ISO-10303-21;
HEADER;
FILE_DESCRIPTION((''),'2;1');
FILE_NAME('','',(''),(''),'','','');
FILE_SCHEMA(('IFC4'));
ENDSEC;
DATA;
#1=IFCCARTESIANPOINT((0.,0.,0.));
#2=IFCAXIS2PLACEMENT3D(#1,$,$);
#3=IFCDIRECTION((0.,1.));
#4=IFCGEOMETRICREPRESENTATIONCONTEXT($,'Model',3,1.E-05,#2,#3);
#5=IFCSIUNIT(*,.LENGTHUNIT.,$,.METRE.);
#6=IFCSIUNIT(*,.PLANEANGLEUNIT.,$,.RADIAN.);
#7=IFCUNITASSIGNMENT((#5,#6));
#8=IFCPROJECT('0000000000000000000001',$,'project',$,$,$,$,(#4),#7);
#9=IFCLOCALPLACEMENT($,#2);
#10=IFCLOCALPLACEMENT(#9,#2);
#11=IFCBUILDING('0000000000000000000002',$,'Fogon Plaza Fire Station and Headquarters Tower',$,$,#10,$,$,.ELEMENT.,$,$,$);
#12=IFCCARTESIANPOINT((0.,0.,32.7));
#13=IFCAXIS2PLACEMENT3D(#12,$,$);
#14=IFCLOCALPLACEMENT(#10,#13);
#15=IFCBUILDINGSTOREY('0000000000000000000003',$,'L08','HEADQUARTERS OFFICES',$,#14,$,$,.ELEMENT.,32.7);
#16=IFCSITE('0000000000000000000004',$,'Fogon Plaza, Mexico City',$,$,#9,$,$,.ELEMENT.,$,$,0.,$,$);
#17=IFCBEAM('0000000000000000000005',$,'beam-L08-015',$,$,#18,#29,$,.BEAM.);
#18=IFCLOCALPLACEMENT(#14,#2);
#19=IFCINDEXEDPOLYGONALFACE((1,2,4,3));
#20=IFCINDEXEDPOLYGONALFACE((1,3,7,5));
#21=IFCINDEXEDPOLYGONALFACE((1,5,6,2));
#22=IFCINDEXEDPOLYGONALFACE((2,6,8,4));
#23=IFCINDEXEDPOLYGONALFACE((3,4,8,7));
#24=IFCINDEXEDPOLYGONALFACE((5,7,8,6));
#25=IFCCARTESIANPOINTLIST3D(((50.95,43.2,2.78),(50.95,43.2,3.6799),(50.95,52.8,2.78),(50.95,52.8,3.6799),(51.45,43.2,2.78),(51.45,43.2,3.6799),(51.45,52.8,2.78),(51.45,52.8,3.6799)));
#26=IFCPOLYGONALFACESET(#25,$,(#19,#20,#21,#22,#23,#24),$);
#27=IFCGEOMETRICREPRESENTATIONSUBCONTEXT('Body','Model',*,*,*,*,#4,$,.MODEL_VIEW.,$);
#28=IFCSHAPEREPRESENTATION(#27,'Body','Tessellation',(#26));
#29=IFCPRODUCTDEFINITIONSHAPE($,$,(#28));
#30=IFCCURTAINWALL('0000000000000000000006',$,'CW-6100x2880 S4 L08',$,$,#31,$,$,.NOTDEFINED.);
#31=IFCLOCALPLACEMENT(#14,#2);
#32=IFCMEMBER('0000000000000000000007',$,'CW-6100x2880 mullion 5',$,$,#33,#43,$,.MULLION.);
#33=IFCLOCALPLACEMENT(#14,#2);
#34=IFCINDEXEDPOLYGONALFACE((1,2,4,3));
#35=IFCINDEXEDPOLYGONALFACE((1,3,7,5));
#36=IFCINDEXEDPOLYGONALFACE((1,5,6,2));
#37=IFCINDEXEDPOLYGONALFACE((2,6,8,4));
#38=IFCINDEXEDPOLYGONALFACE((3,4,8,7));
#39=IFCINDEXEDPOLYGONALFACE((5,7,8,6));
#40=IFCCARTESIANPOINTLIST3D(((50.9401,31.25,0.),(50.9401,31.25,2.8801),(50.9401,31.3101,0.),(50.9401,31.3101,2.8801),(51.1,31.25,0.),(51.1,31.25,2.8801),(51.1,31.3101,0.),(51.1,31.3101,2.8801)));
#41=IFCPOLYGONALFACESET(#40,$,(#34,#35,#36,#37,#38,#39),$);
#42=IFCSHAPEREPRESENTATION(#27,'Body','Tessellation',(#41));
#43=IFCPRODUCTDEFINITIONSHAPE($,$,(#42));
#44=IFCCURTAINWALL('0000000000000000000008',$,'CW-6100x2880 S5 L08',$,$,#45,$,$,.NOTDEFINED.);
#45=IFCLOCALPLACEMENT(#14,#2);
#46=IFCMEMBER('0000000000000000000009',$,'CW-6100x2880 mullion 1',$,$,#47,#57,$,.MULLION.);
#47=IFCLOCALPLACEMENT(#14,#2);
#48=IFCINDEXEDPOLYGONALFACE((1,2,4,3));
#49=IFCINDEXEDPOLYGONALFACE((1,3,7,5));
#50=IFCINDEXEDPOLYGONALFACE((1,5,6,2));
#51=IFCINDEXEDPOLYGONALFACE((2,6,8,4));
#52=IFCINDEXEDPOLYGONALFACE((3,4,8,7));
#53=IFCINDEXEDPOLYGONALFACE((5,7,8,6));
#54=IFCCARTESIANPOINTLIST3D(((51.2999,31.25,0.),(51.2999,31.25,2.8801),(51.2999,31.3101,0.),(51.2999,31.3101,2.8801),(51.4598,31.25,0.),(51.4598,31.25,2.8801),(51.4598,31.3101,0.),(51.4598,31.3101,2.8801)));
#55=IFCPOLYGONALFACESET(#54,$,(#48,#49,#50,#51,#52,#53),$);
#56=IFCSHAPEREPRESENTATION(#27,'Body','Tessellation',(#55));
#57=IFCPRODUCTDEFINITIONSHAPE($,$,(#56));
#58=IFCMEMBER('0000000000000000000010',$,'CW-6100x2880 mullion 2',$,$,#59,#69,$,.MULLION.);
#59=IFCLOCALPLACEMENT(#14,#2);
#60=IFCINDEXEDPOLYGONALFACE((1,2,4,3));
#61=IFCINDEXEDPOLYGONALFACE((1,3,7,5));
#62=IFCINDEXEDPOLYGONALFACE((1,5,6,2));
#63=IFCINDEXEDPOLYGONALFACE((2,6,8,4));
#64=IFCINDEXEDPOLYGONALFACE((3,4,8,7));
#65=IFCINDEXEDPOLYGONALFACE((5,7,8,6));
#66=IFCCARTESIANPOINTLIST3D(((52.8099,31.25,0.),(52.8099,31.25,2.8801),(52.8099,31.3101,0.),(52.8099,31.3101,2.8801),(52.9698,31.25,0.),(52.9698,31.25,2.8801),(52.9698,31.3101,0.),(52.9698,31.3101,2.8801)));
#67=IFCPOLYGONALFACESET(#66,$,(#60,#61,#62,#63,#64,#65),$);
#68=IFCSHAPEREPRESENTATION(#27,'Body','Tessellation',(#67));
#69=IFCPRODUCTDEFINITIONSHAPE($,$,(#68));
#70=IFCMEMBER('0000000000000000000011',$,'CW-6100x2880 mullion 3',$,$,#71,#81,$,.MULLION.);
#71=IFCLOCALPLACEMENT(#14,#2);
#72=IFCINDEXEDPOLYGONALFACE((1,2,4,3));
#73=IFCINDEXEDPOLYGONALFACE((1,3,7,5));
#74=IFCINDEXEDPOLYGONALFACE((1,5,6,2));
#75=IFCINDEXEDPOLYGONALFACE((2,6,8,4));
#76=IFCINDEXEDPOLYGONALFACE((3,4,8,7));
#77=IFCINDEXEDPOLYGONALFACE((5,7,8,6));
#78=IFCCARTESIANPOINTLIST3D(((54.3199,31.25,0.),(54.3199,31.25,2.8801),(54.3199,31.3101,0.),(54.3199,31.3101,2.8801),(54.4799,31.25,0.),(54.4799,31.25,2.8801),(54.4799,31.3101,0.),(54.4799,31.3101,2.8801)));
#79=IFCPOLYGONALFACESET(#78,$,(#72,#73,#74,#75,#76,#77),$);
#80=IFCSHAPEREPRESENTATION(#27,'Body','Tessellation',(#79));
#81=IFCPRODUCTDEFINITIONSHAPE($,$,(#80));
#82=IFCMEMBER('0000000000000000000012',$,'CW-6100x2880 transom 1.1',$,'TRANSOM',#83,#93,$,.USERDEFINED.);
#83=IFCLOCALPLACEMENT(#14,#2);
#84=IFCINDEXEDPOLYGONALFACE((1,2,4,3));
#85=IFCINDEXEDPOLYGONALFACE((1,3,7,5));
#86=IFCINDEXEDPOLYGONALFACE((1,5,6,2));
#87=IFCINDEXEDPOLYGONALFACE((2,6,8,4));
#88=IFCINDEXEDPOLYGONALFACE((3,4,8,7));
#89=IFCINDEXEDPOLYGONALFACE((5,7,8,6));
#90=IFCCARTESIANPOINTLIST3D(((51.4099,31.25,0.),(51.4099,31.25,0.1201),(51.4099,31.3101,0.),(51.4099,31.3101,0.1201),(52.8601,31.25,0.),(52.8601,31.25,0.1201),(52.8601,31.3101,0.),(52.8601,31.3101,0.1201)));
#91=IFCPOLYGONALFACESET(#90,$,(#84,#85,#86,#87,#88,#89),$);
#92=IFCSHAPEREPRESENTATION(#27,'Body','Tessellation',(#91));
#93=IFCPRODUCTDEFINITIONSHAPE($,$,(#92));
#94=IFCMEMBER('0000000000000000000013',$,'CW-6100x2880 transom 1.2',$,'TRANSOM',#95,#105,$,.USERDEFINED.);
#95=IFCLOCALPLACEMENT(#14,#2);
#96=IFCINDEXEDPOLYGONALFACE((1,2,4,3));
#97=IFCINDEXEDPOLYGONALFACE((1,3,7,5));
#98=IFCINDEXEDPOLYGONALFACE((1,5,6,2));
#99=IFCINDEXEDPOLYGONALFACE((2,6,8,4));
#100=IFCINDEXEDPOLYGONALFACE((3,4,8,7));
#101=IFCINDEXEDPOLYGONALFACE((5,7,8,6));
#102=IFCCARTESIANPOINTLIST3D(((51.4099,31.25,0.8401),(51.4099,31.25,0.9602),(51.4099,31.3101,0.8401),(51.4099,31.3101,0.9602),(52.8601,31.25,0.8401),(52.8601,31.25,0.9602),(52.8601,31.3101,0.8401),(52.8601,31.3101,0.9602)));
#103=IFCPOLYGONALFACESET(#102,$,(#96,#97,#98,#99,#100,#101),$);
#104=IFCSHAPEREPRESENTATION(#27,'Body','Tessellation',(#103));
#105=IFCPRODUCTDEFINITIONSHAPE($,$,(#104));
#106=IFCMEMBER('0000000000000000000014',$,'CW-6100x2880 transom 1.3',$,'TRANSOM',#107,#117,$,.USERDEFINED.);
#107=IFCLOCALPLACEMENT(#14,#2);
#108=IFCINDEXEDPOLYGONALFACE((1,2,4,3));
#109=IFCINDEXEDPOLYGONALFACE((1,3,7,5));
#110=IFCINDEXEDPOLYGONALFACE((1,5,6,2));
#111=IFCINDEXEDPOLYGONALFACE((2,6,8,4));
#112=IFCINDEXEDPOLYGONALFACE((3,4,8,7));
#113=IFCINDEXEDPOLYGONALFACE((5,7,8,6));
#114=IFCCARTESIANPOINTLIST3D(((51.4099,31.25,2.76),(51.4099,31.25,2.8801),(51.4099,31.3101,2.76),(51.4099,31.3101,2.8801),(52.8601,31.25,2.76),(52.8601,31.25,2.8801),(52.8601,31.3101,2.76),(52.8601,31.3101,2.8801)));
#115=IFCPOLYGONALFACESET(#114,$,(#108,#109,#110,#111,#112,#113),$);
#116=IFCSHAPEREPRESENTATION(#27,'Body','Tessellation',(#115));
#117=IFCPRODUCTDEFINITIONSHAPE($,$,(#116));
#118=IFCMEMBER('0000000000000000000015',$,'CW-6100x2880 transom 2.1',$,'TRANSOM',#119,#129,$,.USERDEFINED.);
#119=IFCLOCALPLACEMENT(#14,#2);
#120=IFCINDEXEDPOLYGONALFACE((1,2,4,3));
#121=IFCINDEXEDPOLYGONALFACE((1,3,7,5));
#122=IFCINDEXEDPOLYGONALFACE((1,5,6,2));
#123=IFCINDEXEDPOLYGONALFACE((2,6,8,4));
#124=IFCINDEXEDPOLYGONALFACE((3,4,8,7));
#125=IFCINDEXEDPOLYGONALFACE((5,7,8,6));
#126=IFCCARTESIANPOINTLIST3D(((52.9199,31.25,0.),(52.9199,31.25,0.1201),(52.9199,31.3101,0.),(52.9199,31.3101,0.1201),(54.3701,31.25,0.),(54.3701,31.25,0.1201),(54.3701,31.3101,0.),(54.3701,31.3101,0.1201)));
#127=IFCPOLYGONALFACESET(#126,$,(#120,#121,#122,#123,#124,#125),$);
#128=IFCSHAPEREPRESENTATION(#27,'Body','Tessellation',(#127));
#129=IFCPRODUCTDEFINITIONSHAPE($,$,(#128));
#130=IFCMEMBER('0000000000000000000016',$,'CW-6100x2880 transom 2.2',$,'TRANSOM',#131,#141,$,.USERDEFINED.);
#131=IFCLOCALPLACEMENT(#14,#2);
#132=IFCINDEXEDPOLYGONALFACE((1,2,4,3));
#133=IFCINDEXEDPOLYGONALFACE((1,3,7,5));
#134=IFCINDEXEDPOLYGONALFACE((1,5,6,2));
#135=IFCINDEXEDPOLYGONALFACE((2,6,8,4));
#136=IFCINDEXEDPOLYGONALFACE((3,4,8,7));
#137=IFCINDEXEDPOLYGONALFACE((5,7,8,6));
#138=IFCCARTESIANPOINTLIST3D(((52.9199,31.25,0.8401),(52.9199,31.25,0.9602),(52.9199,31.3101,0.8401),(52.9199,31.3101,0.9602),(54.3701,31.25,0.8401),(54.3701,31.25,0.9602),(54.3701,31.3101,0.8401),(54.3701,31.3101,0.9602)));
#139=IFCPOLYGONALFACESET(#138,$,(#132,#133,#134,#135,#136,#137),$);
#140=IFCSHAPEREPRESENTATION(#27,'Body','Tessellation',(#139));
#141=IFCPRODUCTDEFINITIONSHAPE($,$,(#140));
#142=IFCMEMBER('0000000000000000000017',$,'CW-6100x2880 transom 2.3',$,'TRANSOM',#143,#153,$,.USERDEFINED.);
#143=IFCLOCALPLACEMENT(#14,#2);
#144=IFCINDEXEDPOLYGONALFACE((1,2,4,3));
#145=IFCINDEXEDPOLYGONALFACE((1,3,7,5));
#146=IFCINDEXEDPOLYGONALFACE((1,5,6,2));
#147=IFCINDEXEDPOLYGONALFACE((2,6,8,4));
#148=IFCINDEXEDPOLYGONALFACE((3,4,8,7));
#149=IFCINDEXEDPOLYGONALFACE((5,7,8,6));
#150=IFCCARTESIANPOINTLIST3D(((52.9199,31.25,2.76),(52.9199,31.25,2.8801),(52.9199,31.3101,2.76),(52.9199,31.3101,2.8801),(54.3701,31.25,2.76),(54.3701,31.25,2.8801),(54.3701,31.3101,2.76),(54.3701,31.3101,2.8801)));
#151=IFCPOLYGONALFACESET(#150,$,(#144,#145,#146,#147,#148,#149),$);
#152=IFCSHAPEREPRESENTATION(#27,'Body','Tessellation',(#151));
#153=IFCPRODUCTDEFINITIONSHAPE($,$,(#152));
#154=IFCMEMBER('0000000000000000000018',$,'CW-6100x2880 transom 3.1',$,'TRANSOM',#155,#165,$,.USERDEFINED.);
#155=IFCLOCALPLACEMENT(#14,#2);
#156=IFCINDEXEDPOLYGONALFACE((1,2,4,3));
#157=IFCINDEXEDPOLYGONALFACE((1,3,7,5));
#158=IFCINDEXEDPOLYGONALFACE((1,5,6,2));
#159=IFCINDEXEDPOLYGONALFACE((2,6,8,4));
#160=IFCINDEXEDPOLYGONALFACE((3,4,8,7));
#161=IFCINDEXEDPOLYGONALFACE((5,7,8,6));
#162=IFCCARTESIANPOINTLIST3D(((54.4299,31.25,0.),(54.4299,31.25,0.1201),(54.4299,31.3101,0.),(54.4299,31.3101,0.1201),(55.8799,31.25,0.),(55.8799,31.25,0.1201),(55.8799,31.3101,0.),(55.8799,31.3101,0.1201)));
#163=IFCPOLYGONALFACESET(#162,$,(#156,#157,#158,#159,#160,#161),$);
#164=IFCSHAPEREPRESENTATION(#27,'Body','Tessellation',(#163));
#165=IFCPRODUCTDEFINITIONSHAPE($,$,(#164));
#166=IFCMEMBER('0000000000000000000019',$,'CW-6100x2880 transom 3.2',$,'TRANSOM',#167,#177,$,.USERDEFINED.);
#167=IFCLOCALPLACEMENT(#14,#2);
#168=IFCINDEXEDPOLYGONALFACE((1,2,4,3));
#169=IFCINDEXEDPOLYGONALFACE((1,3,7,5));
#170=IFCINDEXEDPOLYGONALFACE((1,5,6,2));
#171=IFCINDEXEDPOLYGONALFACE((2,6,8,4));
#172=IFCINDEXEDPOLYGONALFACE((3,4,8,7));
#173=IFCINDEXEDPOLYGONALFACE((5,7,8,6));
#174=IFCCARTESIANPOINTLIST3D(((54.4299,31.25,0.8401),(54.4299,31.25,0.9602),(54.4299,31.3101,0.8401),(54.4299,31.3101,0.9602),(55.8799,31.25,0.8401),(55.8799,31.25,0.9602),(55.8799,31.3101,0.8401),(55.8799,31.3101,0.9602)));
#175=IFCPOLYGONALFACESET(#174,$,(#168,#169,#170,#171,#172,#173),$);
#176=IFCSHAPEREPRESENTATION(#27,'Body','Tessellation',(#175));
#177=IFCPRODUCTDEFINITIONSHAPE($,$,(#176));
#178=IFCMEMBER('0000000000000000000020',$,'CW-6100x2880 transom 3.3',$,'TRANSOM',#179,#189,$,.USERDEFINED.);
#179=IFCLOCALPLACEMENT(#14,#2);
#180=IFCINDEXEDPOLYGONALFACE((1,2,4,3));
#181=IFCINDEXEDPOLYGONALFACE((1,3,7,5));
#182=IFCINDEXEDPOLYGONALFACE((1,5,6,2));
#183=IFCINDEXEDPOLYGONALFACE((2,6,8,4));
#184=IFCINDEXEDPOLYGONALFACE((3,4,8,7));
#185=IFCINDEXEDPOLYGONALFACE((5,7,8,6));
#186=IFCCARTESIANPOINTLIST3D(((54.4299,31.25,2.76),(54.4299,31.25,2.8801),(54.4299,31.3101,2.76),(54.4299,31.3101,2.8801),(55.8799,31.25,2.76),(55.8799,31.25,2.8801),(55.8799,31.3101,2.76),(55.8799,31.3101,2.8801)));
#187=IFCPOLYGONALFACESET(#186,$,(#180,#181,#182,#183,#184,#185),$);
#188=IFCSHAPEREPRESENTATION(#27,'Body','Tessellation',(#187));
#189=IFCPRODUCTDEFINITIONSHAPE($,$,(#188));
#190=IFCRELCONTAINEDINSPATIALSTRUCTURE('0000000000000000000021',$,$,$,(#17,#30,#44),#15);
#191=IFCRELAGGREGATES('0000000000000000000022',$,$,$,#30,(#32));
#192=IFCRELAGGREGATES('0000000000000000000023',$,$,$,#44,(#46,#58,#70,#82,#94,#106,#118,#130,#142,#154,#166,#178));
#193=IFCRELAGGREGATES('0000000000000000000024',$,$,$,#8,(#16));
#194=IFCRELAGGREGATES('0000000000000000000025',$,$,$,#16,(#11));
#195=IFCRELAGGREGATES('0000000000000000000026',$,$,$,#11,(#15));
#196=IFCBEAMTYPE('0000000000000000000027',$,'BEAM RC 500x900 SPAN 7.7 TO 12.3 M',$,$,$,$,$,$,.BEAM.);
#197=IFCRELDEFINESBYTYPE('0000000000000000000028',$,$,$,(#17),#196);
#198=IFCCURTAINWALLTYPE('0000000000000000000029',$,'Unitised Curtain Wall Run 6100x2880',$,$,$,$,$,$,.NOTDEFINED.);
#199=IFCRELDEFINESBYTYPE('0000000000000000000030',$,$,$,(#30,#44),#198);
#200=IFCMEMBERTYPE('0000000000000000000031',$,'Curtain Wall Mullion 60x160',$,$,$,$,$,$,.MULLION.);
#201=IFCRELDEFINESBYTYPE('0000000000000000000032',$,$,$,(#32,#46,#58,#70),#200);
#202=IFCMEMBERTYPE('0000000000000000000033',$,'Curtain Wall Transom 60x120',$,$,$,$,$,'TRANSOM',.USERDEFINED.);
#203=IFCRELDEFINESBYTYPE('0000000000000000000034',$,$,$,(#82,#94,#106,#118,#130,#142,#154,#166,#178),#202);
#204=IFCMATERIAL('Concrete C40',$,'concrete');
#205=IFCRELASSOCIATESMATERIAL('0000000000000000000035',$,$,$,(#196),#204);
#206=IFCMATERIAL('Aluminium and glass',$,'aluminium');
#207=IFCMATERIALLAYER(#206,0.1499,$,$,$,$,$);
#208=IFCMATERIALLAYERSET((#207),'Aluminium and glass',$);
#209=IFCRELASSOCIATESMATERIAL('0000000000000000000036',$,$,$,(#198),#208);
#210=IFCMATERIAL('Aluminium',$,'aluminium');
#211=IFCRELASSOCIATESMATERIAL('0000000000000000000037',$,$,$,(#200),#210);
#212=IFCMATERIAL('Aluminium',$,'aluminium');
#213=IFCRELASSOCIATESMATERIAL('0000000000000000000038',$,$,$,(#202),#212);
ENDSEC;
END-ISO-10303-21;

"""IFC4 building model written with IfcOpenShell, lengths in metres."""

from ifc_helpers import new_model, si_unit, direction, frame, origin, origin_2d, place, context, subcontext, project, spatial, rectangle, extrude, material, layer, layer_set, material_profile, profile_set, type_object, element, aggregate, save


model = new_model("IFC4")

# Units and contexts
model_context = context("Model", 3, precision=1e-05, world=origin(), true_north=direction((0.0, 1.0)))
body_context = subcontext(model_context, "Body", "Model", "MODEL_VIEW")
ifc_project = project(units=[si_unit("LENGTHUNIT", "METRE"), si_unit("PLANEANGLEUNIT", "RADIAN")], contexts=[model_context])

# Site, building, storey
site_placement = place(None, origin())
site = spatial("IfcSite", under=ifc_project, at=site_placement, Name="Fogon Plaza, Mexico City", CompositionType="ELEMENT", RefElevation=0.0)
building_placement = place(site_placement, origin())
building = spatial("IfcBuilding", under=site, at=building_placement, Name="Fogon Plaza Fire Station and Headquarters Tower", CompositionType="ELEMENT")
storey_placement = place(building_placement, frame((0.0, 0.0, 32.7)))
storey = spatial("IfcBuildingStorey", under=building, at=storey_placement, Name="L08", Description="HEADQUARTERS OFFICES", CompositionType="ELEMENT", Elevation=32.7)

# Beam
ifc_material_1 = material(Name="Concrete C40", Category="concrete")
ifc_material_profile_1 = material_profile(ifc_material_1, rectangle(XDim=0.5, YDim=0.8999, at=origin_2d()), Name="RC 500x900")
ifc_profile_set_1 = profile_set([ifc_material_profile_1], Name="Concrete C40")
beam_type_1 = type_object("IfcBeamType", Name="BEAM RC 500x900 SPAN 7.7 TO 12.3 M", PredefinedType="BEAM", material=ifc_profile_set_1)
for number, where, z_axis, x_axis, name in (
    (1, (51.2, 43.2, 3.23), (0.0, 1.0, 0.0), (-1.0, 0.0, 0.0), "beam-L08-015"),
):
    element("IfcBeam", number, at=place(storey_placement, frame(where, z_axis=z_axis, x_axis=x_axis)), inside=storey, type_object=beam_type_1, Name=name, PredefinedType="BEAM", context=body_context, shape_type="SweptSolid", body=[
        extrude(rectangle(XDim=0.5, YDim=0.8999, at=origin_2d()), origin(), (0.0, 0.0, 1.0), 9.6001),
    ])

# Curtain wall, member
ifc_material_2 = material(Name="Aluminium and glass", Category="aluminium")
ifc_layer_1 = layer(ifc_material_2, 0.1499)
ifc_layer_set_1 = layer_set([ifc_layer_1], Name="Aluminium and glass")
curtain_wall_type = type_object("IfcCurtainWallType", Name="Unitised Curtain Wall Run 6100x2880", PredefinedType="NOTDEFINED", material=ifc_layer_set_1)
curtain_wall_1_placement = place(storey_placement, origin())
curtain_wall_1 = element("IfcCurtainWall", 2, at=curtain_wall_1_placement, inside=storey, type_object=curtain_wall_type, Name="CW-6100x2880 S4 L08", PredefinedType="NOTDEFINED")
ifc_material_3 = material(Name="Aluminium", Category="aluminium")
ifc_material_profile_2 = material_profile(ifc_material_3, rectangle(XDim=0.0601, YDim=0.1599, at=origin_2d()), Name="Curtain Wall Mullion 60x160")
ifc_profile_set_2 = profile_set([ifc_material_profile_2], Name="Aluminium")
member_type_1 = type_object("IfcMemberType", Name="Curtain Wall Mullion 60x160", PredefinedType="MULLION", material=ifc_profile_set_2)
member_1_placement = place(storey_placement, frame((51.02, 31.28, 0.0), z_axis=(0.0, 0.0, 1.0), x_axis=(0.0, 1.0, 0.0)))
member_1 = element("IfcMember", 3, at=member_1_placement, type_object=member_type_1, Name="CW-6100x2880 mullion 5", PredefinedType="MULLION", context=body_context, shape_type="SweptSolid", body=[
    extrude(rectangle(XDim=0.0601, YDim=0.1599, at=origin_2d()), origin(), (0.0, 0.0, 1.0), 2.8801),
])

# Curtain wall, members
curtain_wall_2_placement = place(storey_placement, origin())
curtain_wall_2 = element("IfcCurtainWall", 4, at=curtain_wall_2_placement, inside=storey, type_object=curtain_wall_type, Name="CW-6100x2880 S5 L08", PredefinedType="NOTDEFINED")
member_2_placement = place(storey_placement, frame((51.3799, 31.28, 0.0), z_axis=(0.0, 0.0, 1.0), x_axis=(0.0, 1.0, 0.0)))
member_2 = element("IfcMember", 5, at=member_2_placement, type_object=member_type_1, Name="CW-6100x2880 mullion 1", PredefinedType="MULLION", context=body_context, shape_type="SweptSolid", body=[
    extrude(rectangle(XDim=0.0601, YDim=0.1599, at=origin_2d()), origin(), (0.0, 0.0, 1.0), 2.8801),
])
member_3_placement = place(storey_placement, frame((52.8899, 31.28, 0.0), z_axis=(0.0, 0.0, 1.0), x_axis=(0.0, 1.0, 0.0)))
member_3 = element("IfcMember", 6, at=member_3_placement, type_object=member_type_1, Name="CW-6100x2880 mullion 2", PredefinedType="MULLION", context=body_context, shape_type="SweptSolid", body=[
    extrude(rectangle(XDim=0.0601, YDim=0.1599, at=origin_2d()), origin(), (0.0, 0.0, 1.0), 2.8801),
])
member_4_placement = place(storey_placement, frame((54.3999, 31.28, 0.0), z_axis=(0.0, 0.0, 1.0), x_axis=(0.0, 1.0, 0.0)))
member_4 = element("IfcMember", 7, at=member_4_placement, type_object=member_type_1, Name="CW-6100x2880 mullion 3", PredefinedType="MULLION", context=body_context, shape_type="SweptSolid", body=[
    extrude(rectangle(XDim=0.0601, YDim=0.1599, at=origin_2d()), origin(), (0.0, 0.0, 1.0), 2.8801),
])
ifc_material_4 = material(Name="Aluminium", Category="aluminium")
ifc_material_profile_3 = material_profile(ifc_material_4, rectangle(XDim=0.0601, YDim=0.1201, at=origin_2d()), Name="Curtain Wall Transom 60x120")
ifc_profile_set_3 = profile_set([ifc_material_profile_3], Name="Aluminium")
member_type_2 = type_object("IfcMemberType", Name="Curtain Wall Transom 60x120", ElementType="TRANSOM", PredefinedType="USERDEFINED", material=ifc_profile_set_3)
member_5_placement = place(storey_placement, frame((51.4099, 31.28, 0.0601), z_axis=(1.0, 0.0, 0.0), x_axis=(0.0, 1.0, 0.0)))
member_5 = element("IfcMember", 8, at=member_5_placement, type_object=member_type_2, Name="CW-6100x2880 transom 1.1", ObjectType="TRANSOM", PredefinedType="USERDEFINED", context=body_context, shape_type="SweptSolid", body=[
    extrude(rectangle(XDim=0.0601, YDim=0.1201, at=origin_2d()), origin(), (0.0, 0.0, 1.0), 1.4502),
])
member_6_placement = place(storey_placement, frame((51.4099, 31.28, 0.9001), z_axis=(1.0, 0.0, 0.0), x_axis=(0.0, 1.0, 0.0)))
member_6 = element("IfcMember", 9, at=member_6_placement, type_object=member_type_2, Name="CW-6100x2880 transom 1.2", ObjectType="TRANSOM", PredefinedType="USERDEFINED", context=body_context, shape_type="SweptSolid", body=[
    extrude(rectangle(XDim=0.0601, YDim=0.1201, at=origin_2d()), origin(), (0.0, 0.0, 1.0), 1.4502),
])
member_7_placement = place(storey_placement, frame((51.4099, 31.28, 2.8201), z_axis=(1.0, 0.0, 0.0), x_axis=(0.0, 1.0, 0.0)))
member_7 = element("IfcMember", 10, at=member_7_placement, type_object=member_type_2, Name="CW-6100x2880 transom 1.3", ObjectType="TRANSOM", PredefinedType="USERDEFINED", context=body_context, shape_type="SweptSolid", body=[
    extrude(rectangle(XDim=0.0601, YDim=0.1201, at=origin_2d()), origin(), (0.0, 0.0, 1.0), 1.4502),
])
member_8_placement = place(storey_placement, frame((52.9199, 31.28, 0.0601), z_axis=(1.0, 0.0, 0.0), x_axis=(0.0, 1.0, 0.0)))
member_8 = element("IfcMember", 11, at=member_8_placement, type_object=member_type_2, Name="CW-6100x2880 transom 2.1", ObjectType="TRANSOM", PredefinedType="USERDEFINED", context=body_context, shape_type="SweptSolid", body=[
    extrude(rectangle(XDim=0.0601, YDim=0.1201, at=origin_2d()), origin(), (0.0, 0.0, 1.0), 1.4502),
])
member_9_placement = place(storey_placement, frame((52.9199, 31.28, 0.9001), z_axis=(1.0, 0.0, 0.0), x_axis=(0.0, 1.0, 0.0)))
member_9 = element("IfcMember", 12, at=member_9_placement, type_object=member_type_2, Name="CW-6100x2880 transom 2.2", ObjectType="TRANSOM", PredefinedType="USERDEFINED", context=body_context, shape_type="SweptSolid", body=[
    extrude(rectangle(XDim=0.0601, YDim=0.1201, at=origin_2d()), origin(), (0.0, 0.0, 1.0), 1.4502),
])
member_10_placement = place(storey_placement, frame((52.9199, 31.28, 2.8201), z_axis=(1.0, 0.0, 0.0), x_axis=(0.0, 1.0, 0.0)))
member_10 = element("IfcMember", 13, at=member_10_placement, type_object=member_type_2, Name="CW-6100x2880 transom 2.3", ObjectType="TRANSOM", PredefinedType="USERDEFINED", context=body_context, shape_type="SweptSolid", body=[
    extrude(rectangle(XDim=0.0601, YDim=0.1201, at=origin_2d()), origin(), (0.0, 0.0, 1.0), 1.4502),
])
member_11_placement = place(storey_placement, frame((54.4299, 31.28, 0.0601), z_axis=(1.0, 0.0, 0.0), x_axis=(0.0, 1.0, 0.0)))
member_11 = element("IfcMember", 14, at=member_11_placement, type_object=member_type_2, Name="CW-6100x2880 transom 3.1", ObjectType="TRANSOM", PredefinedType="USERDEFINED", context=body_context, shape_type="SweptSolid", body=[
    extrude(rectangle(XDim=0.0601, YDim=0.1201, at=origin_2d()), origin(), (0.0, 0.0, 1.0), 1.45),
])
member_12_placement = place(storey_placement, frame((54.4299, 31.28, 0.9001), z_axis=(1.0, 0.0, 0.0), x_axis=(0.0, 1.0, 0.0)))
member_12 = element("IfcMember", 15, at=member_12_placement, type_object=member_type_2, Name="CW-6100x2880 transom 3.2", ObjectType="TRANSOM", PredefinedType="USERDEFINED", context=body_context, shape_type="SweptSolid", body=[
    extrude(rectangle(XDim=0.0601, YDim=0.1201, at=origin_2d()), origin(), (0.0, 0.0, 1.0), 1.45),
])
member_13_placement = place(storey_placement, frame((54.4299, 31.28, 2.8201), z_axis=(1.0, 0.0, 0.0), x_axis=(0.0, 1.0, 0.0)))
member_13 = element("IfcMember", 16, at=member_13_placement, type_object=member_type_2, Name="CW-6100x2880 transom 3.3", ObjectType="TRANSOM", PredefinedType="USERDEFINED", context=body_context, shape_type="SweptSolid", body=[
    extrude(rectangle(XDim=0.0601, YDim=0.1201, at=origin_2d()), origin(), (0.0, 0.0, 1.0), 1.45),
])

aggregate(curtain_wall_1, [member_1])
aggregate(curtain_wall_2, [member_2, member_3, member_4, member_5, member_6, member_7, member_8, member_9, member_10, member_11, member_12, member_13])

save(model, "model.ifc")
